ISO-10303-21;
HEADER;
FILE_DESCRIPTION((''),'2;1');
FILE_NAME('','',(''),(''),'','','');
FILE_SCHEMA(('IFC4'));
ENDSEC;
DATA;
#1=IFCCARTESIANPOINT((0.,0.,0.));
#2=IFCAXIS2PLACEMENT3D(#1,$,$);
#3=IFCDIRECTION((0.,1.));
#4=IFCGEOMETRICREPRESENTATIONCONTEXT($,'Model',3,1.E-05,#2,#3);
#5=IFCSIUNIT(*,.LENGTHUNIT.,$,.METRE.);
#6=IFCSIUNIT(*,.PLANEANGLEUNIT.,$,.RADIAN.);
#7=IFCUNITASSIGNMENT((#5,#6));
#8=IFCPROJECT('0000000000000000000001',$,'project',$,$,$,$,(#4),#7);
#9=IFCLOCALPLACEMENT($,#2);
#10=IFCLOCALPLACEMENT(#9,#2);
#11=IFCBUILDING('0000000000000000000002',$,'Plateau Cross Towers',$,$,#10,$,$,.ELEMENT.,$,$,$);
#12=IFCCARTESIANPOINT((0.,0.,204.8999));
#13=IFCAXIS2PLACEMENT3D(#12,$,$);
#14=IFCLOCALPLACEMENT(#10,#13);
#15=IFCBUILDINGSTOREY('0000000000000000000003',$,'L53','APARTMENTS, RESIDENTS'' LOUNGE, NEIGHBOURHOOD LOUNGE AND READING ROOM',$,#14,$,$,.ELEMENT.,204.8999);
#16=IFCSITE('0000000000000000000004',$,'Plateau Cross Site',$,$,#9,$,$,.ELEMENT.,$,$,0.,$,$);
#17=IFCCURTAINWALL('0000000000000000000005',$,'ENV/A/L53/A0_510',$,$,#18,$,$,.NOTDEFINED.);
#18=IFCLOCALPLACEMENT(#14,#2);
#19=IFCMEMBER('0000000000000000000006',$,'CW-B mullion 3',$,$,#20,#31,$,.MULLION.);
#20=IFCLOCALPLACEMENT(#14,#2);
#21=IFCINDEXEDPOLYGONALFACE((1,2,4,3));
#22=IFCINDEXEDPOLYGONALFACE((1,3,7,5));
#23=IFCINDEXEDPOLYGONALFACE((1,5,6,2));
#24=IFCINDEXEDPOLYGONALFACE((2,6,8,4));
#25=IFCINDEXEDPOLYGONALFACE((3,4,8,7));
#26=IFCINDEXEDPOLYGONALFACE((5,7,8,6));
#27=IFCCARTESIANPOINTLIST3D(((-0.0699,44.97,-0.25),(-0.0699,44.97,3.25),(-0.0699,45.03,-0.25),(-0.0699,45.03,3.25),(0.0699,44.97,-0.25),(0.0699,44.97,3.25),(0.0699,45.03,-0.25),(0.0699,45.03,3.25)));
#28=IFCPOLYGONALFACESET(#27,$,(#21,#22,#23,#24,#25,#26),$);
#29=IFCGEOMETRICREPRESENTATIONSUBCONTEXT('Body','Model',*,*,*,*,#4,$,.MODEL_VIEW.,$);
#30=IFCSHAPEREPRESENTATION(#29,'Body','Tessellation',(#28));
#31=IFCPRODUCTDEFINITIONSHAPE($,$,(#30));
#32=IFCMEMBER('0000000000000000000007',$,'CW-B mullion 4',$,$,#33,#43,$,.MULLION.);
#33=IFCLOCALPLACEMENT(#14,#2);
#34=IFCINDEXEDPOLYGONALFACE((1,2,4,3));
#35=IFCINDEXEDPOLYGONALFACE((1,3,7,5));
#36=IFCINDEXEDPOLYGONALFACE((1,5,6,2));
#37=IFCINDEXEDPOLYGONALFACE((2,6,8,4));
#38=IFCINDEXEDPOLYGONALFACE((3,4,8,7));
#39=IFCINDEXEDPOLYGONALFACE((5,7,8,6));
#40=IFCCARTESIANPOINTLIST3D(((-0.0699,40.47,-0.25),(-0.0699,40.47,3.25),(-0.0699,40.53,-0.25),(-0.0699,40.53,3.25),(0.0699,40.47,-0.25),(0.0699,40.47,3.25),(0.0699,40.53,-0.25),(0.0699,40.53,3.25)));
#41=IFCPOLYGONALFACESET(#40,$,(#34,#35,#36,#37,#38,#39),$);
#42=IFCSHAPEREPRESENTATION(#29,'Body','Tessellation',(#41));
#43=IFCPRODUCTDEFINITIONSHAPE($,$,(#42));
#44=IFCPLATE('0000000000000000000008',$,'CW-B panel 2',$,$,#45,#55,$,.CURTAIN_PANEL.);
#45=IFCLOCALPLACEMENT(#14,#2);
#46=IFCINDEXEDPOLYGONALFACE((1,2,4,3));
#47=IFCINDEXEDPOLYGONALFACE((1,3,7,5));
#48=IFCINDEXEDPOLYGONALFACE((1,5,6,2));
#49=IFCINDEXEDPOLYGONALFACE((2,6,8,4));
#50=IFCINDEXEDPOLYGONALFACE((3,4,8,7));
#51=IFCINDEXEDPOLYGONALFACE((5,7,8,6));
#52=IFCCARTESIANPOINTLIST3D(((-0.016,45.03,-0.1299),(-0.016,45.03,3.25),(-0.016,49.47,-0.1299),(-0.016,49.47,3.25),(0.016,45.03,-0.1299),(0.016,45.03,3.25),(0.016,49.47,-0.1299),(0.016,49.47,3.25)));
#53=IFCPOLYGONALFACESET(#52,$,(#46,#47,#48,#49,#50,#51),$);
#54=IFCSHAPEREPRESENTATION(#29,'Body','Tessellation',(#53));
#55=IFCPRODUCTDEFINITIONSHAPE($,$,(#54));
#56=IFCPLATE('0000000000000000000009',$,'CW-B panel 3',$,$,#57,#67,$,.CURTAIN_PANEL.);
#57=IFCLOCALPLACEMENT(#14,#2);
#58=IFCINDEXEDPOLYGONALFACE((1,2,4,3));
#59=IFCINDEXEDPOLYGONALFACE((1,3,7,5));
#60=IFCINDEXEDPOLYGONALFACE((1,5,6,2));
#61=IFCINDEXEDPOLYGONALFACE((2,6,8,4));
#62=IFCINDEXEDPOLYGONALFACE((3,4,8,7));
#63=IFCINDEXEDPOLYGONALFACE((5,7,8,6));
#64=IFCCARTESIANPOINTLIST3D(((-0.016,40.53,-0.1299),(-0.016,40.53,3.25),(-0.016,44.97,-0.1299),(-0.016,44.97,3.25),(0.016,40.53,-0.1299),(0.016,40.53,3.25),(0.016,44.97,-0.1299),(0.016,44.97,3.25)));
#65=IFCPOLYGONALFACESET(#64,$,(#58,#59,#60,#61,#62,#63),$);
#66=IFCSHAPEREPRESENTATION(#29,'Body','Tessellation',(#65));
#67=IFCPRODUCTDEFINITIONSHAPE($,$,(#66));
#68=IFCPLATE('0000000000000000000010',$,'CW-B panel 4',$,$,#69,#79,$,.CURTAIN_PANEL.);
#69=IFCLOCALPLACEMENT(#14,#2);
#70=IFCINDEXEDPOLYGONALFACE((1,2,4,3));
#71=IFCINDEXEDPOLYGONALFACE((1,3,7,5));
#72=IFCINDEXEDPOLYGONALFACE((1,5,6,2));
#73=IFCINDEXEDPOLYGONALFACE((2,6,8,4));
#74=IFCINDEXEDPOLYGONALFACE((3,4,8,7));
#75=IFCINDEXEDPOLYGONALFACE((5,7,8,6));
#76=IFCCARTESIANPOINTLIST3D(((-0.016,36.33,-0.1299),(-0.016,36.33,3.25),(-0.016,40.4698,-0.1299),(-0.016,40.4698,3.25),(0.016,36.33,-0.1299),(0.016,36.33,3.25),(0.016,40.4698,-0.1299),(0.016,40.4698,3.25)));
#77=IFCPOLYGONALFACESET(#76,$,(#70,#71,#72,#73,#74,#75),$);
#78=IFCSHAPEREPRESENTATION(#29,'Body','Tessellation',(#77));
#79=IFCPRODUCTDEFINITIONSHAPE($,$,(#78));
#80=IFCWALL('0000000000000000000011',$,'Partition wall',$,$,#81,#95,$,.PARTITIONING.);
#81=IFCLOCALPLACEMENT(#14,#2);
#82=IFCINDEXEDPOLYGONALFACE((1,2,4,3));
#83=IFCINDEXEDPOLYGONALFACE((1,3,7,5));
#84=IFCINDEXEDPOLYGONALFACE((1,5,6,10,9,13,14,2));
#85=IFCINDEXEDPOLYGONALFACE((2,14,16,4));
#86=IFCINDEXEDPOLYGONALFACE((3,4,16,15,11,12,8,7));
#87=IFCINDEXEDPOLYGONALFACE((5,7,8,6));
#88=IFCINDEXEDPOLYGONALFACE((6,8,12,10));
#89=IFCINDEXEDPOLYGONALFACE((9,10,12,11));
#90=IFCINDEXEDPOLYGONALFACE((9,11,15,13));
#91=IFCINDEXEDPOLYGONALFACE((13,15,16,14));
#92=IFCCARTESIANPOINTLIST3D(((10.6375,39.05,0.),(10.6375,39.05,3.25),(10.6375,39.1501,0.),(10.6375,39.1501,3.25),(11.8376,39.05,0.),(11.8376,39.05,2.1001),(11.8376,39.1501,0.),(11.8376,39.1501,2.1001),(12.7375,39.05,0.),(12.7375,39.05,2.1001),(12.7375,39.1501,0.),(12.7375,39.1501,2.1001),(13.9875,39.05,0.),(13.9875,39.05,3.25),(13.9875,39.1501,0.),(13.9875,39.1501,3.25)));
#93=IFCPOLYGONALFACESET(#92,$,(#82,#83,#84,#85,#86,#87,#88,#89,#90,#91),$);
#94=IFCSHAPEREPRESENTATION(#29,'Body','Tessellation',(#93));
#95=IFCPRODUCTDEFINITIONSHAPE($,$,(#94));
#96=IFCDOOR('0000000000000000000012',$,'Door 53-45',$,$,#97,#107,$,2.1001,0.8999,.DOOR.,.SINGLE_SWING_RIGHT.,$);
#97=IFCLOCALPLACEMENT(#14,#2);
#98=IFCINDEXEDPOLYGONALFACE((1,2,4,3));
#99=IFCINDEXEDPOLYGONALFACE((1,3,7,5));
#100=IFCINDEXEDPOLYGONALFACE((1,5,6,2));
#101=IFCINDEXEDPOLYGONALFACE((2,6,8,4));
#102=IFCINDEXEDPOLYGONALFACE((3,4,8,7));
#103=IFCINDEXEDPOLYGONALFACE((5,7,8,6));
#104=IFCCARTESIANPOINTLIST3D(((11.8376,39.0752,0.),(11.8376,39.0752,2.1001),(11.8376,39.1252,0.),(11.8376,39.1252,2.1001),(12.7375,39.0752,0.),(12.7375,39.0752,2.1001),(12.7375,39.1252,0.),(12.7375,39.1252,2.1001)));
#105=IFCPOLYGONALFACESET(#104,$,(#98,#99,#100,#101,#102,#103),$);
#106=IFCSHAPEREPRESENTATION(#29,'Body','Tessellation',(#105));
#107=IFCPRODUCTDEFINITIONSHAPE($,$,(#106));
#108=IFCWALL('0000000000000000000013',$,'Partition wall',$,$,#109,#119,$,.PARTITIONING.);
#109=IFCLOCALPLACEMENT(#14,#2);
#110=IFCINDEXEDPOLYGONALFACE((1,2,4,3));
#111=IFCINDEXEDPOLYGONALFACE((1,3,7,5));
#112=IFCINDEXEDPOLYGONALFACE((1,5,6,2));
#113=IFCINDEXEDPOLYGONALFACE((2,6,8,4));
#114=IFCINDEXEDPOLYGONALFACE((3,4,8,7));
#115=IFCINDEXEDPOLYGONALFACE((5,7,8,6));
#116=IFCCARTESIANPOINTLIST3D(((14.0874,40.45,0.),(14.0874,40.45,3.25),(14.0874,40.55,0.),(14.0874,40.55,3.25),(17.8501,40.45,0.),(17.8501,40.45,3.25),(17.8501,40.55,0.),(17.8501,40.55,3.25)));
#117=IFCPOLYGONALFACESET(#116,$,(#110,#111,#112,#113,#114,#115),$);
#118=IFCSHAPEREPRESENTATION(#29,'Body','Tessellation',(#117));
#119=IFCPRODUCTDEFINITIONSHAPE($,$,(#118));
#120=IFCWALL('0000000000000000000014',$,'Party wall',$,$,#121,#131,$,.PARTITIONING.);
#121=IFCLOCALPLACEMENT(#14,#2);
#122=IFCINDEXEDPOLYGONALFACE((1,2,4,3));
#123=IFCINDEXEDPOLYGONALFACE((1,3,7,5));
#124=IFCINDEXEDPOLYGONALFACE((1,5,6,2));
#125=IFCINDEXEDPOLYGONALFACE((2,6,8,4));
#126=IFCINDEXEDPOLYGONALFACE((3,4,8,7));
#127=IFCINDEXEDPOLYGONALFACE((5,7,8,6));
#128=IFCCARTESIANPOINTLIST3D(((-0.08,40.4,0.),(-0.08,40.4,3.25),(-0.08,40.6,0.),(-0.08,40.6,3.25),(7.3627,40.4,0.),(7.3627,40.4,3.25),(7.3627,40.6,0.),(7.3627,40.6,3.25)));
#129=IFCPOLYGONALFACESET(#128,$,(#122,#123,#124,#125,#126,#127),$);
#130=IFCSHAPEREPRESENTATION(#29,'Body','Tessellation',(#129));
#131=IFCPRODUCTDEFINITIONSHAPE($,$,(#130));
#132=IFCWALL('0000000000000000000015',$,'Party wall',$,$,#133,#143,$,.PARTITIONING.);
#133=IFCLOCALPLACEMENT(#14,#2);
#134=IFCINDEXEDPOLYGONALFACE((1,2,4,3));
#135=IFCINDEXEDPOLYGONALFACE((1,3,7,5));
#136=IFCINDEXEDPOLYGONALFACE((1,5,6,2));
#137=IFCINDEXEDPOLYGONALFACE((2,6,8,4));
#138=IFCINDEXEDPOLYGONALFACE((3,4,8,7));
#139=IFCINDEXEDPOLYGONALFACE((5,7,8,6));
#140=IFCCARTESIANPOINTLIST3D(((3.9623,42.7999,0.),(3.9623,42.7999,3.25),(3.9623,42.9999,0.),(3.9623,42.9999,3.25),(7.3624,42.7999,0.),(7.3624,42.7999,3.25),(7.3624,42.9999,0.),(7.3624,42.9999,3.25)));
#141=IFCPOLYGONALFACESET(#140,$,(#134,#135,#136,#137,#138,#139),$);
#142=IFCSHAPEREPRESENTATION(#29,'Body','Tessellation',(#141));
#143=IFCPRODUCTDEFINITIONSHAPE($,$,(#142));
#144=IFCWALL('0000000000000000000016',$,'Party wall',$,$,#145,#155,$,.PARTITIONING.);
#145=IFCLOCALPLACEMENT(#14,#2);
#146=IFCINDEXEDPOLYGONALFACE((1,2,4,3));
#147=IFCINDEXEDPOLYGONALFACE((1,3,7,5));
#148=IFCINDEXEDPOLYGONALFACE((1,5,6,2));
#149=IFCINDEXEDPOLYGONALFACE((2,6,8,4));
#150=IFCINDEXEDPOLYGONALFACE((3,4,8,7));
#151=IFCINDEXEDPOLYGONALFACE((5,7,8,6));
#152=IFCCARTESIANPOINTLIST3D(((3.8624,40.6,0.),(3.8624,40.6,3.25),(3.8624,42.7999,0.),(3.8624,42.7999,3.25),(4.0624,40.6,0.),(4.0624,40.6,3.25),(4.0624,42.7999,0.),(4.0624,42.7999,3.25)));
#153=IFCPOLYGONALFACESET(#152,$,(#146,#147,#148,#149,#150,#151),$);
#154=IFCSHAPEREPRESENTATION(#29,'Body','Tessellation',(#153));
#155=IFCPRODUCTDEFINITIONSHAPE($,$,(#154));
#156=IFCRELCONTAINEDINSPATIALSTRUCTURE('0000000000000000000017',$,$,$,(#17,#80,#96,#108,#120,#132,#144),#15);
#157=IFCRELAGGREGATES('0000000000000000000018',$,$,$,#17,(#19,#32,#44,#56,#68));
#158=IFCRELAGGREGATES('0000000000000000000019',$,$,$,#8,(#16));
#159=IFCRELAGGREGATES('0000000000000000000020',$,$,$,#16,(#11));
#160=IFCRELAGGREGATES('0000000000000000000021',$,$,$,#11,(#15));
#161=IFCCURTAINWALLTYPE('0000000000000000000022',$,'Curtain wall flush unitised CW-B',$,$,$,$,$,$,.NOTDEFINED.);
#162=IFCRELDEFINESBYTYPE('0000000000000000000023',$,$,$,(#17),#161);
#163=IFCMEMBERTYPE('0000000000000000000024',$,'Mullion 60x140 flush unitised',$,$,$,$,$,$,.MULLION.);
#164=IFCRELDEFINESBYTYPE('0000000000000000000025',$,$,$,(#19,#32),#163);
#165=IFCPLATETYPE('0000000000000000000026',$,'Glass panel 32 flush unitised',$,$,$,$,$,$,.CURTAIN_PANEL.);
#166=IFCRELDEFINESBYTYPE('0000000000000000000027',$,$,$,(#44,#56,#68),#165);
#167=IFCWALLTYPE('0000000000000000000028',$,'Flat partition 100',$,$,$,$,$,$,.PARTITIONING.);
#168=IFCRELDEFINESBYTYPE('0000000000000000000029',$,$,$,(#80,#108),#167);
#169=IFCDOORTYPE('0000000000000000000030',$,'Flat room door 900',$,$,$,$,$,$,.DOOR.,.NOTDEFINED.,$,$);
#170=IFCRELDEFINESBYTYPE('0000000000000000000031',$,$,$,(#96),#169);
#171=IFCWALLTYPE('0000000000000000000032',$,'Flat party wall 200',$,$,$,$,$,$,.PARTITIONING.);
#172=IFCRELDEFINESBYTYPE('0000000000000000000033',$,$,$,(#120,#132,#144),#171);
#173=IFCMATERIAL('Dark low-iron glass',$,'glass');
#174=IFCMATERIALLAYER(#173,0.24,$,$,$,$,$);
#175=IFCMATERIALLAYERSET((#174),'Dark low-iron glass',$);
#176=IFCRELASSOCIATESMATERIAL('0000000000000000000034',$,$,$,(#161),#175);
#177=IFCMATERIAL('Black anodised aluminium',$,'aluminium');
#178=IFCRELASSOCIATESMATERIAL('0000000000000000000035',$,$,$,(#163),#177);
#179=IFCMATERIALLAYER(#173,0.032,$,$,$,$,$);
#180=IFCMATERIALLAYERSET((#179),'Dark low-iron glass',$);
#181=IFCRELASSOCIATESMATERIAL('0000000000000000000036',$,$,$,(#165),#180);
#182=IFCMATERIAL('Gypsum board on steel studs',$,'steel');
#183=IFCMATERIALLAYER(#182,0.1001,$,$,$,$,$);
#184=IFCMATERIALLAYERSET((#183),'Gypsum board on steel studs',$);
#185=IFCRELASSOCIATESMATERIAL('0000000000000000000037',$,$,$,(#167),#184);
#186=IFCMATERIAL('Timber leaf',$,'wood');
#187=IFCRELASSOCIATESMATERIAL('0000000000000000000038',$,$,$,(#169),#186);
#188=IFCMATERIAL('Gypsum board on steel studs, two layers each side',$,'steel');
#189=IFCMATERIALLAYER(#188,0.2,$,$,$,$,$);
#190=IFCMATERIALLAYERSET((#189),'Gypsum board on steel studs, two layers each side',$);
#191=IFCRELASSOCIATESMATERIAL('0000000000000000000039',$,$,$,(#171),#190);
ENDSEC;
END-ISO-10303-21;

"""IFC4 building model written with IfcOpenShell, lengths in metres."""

from ifc_helpers import new_model, si_unit, direction, frame, frame_2d, origin, origin_2d, place, context, subcontext, project, spatial, rectangle, extrude, material, layer, layer_set, material_profile, profile_set, type_object, element, fill, aggregate, save


model = new_model("IFC4")

# Units and contexts
model_context = context("Model", 3, precision=1e-05, world=origin(), true_north=direction((0.0, 1.0)))
body_context = subcontext(model_context, "Body", "Model", "MODEL_VIEW")
ifc_project = project(units=[si_unit("LENGTHUNIT", "METRE"), si_unit("PLANEANGLEUNIT", "RADIAN")], contexts=[model_context])

# Site, building, storey
site_placement = place(None, origin())
site = spatial("IfcSite", under=ifc_project, at=site_placement, Name="Plateau Cross Site", CompositionType="ELEMENT", RefElevation=0.0)
building_placement = place(site_placement, origin())
building = spatial("IfcBuilding", under=site, at=building_placement, Name="Plateau Cross Towers", CompositionType="ELEMENT")
storey_placement = place(building_placement, frame((0.0, 0.0, 204.8999)))
storey = spatial("IfcBuildingStorey", under=building, at=storey_placement, Name="L53", Description="APARTMENTS, RESIDENTS' LOUNGE, NEIGHBOURHOOD LOUNGE AND READING ROOM", CompositionType="ELEMENT", Elevation=204.8999)

# Curtain wall, members, plates
ifc_material_1 = material(Name="Dark low-iron glass", Category="glass")
ifc_layer_1 = layer(ifc_material_1, 0.24)
ifc_layer_set_1 = layer_set([ifc_layer_1], Name="Dark low-iron glass")
curtain_wall_type = type_object("IfcCurtainWallType", Name="Curtain wall flush unitised CW-B", PredefinedType="NOTDEFINED", material=ifc_layer_set_1)
curtain_wall_placement = place(storey_placement, origin())
curtain_wall = element("IfcCurtainWall", 1, at=curtain_wall_placement, inside=storey, type_object=curtain_wall_type, Name="ENV/A/L53/A0_510", PredefinedType="NOTDEFINED")
ifc_material_2 = material(Name="Black anodised aluminium", Category="aluminium")
ifc_material_profile = material_profile(ifc_material_2, rectangle(XDim=0.0601, YDim=0.1399, at=origin_2d()), Name="MULLION 60x140")
ifc_profile_set = profile_set([ifc_material_profile], Name="Black anodised aluminium")
member_type = type_object("IfcMemberType", Name="Mullion 60x140 flush unitised", PredefinedType="MULLION", material=ifc_profile_set)
member_1_placement = place(storey_placement, frame((0.0, 45.0, -0.25), z_axis=(0.0, 0.0, 1.0), x_axis=(0.0, -1.0, 0.0)))
member_1 = element("IfcMember", 2, at=member_1_placement, type_object=member_type, Name="CW-B mullion 3", PredefinedType="MULLION", context=body_context, shape_type="SweptSolid", body=[
    extrude(rectangle(XDim=0.0601, YDim=0.1399, at=origin_2d()), origin(), (0.0, 0.0, 1.0), 3.5),
])
member_2_placement = place(storey_placement, frame((0.0, 40.5, -0.25), z_axis=(0.0, 0.0, 1.0), x_axis=(0.0, -1.0, 0.0)))
member_2 = element("IfcMember", 3, at=member_2_placement, type_object=member_type, Name="CW-B mullion 4", PredefinedType="MULLION", context=body_context, shape_type="SweptSolid", body=[
    extrude(rectangle(XDim=0.0601, YDim=0.1399, at=origin_2d()), origin(), (0.0, 0.0, 1.0), 3.5),
])
ifc_layer_2 = layer(ifc_material_1, 0.032)
ifc_layer_set_2 = layer_set([ifc_layer_2], Name="Dark low-iron glass")
plate_type = type_object("IfcPlateType", Name="Glass panel 32 flush unitised", PredefinedType="CURTAIN_PANEL", material=ifc_layer_set_2)
plate_1_placement = place(storey_placement, frame((0.0, 47.25, -0.1299), z_axis=(0.0, 0.0, 1.0), x_axis=(0.0, -1.0, 0.0)))
plate_1 = element("IfcPlate", 4, at=plate_1_placement, type_object=plate_type, Name="CW-B panel 2", PredefinedType="CURTAIN_PANEL", context=body_context, shape_type="SweptSolid", body=[
    extrude(rectangle(XDim=4.4399, YDim=0.032, at=origin_2d()), origin(), (0.0, 0.0, 1.0), 3.3799),
])
plate_2_placement = place(storey_placement, frame((0.0, 42.75, -0.1299), z_axis=(0.0, 0.0, 1.0), x_axis=(0.0, -1.0, 0.0)))
plate_2 = element("IfcPlate", 5, at=plate_2_placement, type_object=plate_type, Name="CW-B panel 3", PredefinedType="CURTAIN_PANEL", context=body_context, shape_type="SweptSolid", body=[
    extrude(rectangle(XDim=4.4399, YDim=0.032, at=origin_2d()), origin(), (0.0, 0.0, 1.0), 3.3799),
])
plate_3_placement = place(storey_placement, frame((0.0, 38.3999, -0.1299), z_axis=(0.0, 0.0, 1.0), x_axis=(0.0, -1.0, 0.0)))
plate_3 = element("IfcPlate", 6, at=plate_3_placement, type_object=plate_type, Name="CW-B panel 4", PredefinedType="CURTAIN_PANEL", context=body_context, shape_type="SweptSolid", body=[
    extrude(rectangle(XDim=4.1399, YDim=0.032, at=origin_2d()), origin(), (0.0, 0.0, 1.0), 3.3799),
])
aggregate(curtain_wall, [member_1, member_2, plate_1, plate_2, plate_3])

# Wall, opening, door
ifc_material_3 = material(Name="Gypsum board on steel studs", Category="steel")
ifc_layer_3 = layer(ifc_material_3, 0.1001)
ifc_layer_set_3 = layer_set([ifc_layer_3], Name="Gypsum board on steel studs")
wall_type_1 = type_object("IfcWallType", Name="Flat partition 100", PredefinedType="PARTITIONING", material=ifc_layer_set_3)
wall_1_placement = place(storey_placement, frame((13.9875, 39.1001, 0.0), z_axis=(0.0, 0.0, 1.0), x_axis=(-1.0, 0.0, 0.0)))
wall_1 = element("IfcWall", 7, at=wall_1_placement, inside=storey, type_object=wall_type_1, Name="Partition wall", PredefinedType="PARTITIONING", context=body_context, shape_type="SweptSolid", body=[
    extrude(rectangle(XDim=3.3501, YDim=0.1001, at=frame_2d((1.675, 0.0))), origin(), (0.0, 0.0, 1.0), 3.25),
])
opening_1_placement = place(wall_1_placement, frame((1.25, 0.0, 0.0)))
opening_1 = element("IfcOpeningElement", 8, at=opening_1_placement, cuts=wall_1, PredefinedType="OPENING", context=body_context, shape_type="SweptSolid", body=[
    extrude(rectangle(XDim=0.8999, YDim=2.1001, at=frame_2d((0.45, 1.05))), frame((0.0, 0.0601, 0.0), z_axis=(0.0, -1.0, 0.0), x_axis=(1.0, 0.0, 0.0)), (0.0, 0.0, 1.0), 0.1201),
])
ifc_material_4 = material(Name="Timber leaf", Category="wood")
door_type_1 = type_object("IfcDoorType", Name="Flat room door 900", OperationType="NOTDEFINED", PredefinedType="DOOR", material=ifc_material_4)
door_1_placement = place(opening_1_placement, origin())
door_1 = element("IfcDoor", 9, at=door_1_placement, inside=storey, type_object=door_type_1, Name="Door 53-45", OperationType="SINGLE_SWING_RIGHT", OverallHeight=2.1001, OverallWidth=0.8999, PredefinedType="DOOR", context=body_context, shape_type="SweptSolid", body=[
    extrude(rectangle(XDim=0.8999, YDim=2.1001, at=frame_2d((0.45, 1.05))), frame((0.0, 0.0249, 0.0), z_axis=(0.0, -1.0, 0.0), x_axis=(1.0, 0.0, 0.0)), (0.0, 0.0, 1.0), 0.05),
])
fill(opening_1, door_1)

# Walls
wall_2_placement = place(storey_placement, frame((14.0874, 40.5, 0.0), z_axis=(0.0, 0.0, 1.0), x_axis=(1.0, 0.0, 0.0)))
element("IfcWall", 10, at=wall_2_placement, inside=storey, type_object=wall_type_1, Name="Partition wall", PredefinedType="PARTITIONING", context=body_context, shape_type="SweptSolid", body=[
    extrude(rectangle(XDim=3.7627, YDim=0.1001, at=frame_2d((1.8813, 0.0))), origin(), (0.0, 0.0, 1.0), 3.25),
])
ifc_material_5 = material(Name="Gypsum board on steel studs, two layers each side", Category="steel")
ifc_layer_4 = layer(ifc_material_5, 0.2)
ifc_layer_set_4 = layer_set([ifc_layer_4], Name="Gypsum board on steel studs, two layers each side")
wall_type_2 = type_object("IfcWallType", Name="Flat party wall 200", PredefinedType="PARTITIONING", material=ifc_layer_set_4)
wall_3_placement = place(storey_placement, frame((7.3625, 40.5, 0.0), z_axis=(0.0, 0.0, 1.0), x_axis=(-1.0, 0.0, 0.0)))
element("IfcWall", 11, at=wall_3_placement, inside=storey, type_object=wall_type_2, Name="Party wall", PredefinedType="PARTITIONING", context=body_context, shape_type="SweptSolid", body=[
    extrude(rectangle(XDim=7.4426, YDim=0.2, at=frame_2d((3.7212, 0.0))), origin(), (0.0, 0.0, 1.0), 3.25),
])
wall_4_placement = place(storey_placement, frame((7.3625, 42.8999, 0.0), z_axis=(0.0, 0.0, 1.0), x_axis=(-1.0, 0.0, 0.0)))
element("IfcWall", 12, at=wall_4_placement, inside=storey, type_object=wall_type_2, Name="Party wall", PredefinedType="PARTITIONING", context=body_context, shape_type="SweptSolid", body=[
    extrude(rectangle(XDim=3.4001, YDim=0.2, at=frame_2d((1.7002, 0.0))), origin(), (0.0, 0.0, 1.0), 3.25),
])
wall_5_placement = place(storey_placement, frame((3.9624, 42.8, 0.0), z_axis=(0.0, 0.0, 1.0), x_axis=(0.0, -1.0, 0.0)))
element("IfcWall", 13, at=wall_5_placement, inside=storey, type_object=wall_type_2, Name="Party wall", PredefinedType="PARTITIONING", context=body_context, shape_type="SweptSolid", body=[
    extrude(rectangle(XDim=2.2, YDim=0.2, at=frame_2d((1.1001, 0.0))), origin(), (0.0, 0.0, 1.0), 3.25),
])

save(model, "model.ifc")
